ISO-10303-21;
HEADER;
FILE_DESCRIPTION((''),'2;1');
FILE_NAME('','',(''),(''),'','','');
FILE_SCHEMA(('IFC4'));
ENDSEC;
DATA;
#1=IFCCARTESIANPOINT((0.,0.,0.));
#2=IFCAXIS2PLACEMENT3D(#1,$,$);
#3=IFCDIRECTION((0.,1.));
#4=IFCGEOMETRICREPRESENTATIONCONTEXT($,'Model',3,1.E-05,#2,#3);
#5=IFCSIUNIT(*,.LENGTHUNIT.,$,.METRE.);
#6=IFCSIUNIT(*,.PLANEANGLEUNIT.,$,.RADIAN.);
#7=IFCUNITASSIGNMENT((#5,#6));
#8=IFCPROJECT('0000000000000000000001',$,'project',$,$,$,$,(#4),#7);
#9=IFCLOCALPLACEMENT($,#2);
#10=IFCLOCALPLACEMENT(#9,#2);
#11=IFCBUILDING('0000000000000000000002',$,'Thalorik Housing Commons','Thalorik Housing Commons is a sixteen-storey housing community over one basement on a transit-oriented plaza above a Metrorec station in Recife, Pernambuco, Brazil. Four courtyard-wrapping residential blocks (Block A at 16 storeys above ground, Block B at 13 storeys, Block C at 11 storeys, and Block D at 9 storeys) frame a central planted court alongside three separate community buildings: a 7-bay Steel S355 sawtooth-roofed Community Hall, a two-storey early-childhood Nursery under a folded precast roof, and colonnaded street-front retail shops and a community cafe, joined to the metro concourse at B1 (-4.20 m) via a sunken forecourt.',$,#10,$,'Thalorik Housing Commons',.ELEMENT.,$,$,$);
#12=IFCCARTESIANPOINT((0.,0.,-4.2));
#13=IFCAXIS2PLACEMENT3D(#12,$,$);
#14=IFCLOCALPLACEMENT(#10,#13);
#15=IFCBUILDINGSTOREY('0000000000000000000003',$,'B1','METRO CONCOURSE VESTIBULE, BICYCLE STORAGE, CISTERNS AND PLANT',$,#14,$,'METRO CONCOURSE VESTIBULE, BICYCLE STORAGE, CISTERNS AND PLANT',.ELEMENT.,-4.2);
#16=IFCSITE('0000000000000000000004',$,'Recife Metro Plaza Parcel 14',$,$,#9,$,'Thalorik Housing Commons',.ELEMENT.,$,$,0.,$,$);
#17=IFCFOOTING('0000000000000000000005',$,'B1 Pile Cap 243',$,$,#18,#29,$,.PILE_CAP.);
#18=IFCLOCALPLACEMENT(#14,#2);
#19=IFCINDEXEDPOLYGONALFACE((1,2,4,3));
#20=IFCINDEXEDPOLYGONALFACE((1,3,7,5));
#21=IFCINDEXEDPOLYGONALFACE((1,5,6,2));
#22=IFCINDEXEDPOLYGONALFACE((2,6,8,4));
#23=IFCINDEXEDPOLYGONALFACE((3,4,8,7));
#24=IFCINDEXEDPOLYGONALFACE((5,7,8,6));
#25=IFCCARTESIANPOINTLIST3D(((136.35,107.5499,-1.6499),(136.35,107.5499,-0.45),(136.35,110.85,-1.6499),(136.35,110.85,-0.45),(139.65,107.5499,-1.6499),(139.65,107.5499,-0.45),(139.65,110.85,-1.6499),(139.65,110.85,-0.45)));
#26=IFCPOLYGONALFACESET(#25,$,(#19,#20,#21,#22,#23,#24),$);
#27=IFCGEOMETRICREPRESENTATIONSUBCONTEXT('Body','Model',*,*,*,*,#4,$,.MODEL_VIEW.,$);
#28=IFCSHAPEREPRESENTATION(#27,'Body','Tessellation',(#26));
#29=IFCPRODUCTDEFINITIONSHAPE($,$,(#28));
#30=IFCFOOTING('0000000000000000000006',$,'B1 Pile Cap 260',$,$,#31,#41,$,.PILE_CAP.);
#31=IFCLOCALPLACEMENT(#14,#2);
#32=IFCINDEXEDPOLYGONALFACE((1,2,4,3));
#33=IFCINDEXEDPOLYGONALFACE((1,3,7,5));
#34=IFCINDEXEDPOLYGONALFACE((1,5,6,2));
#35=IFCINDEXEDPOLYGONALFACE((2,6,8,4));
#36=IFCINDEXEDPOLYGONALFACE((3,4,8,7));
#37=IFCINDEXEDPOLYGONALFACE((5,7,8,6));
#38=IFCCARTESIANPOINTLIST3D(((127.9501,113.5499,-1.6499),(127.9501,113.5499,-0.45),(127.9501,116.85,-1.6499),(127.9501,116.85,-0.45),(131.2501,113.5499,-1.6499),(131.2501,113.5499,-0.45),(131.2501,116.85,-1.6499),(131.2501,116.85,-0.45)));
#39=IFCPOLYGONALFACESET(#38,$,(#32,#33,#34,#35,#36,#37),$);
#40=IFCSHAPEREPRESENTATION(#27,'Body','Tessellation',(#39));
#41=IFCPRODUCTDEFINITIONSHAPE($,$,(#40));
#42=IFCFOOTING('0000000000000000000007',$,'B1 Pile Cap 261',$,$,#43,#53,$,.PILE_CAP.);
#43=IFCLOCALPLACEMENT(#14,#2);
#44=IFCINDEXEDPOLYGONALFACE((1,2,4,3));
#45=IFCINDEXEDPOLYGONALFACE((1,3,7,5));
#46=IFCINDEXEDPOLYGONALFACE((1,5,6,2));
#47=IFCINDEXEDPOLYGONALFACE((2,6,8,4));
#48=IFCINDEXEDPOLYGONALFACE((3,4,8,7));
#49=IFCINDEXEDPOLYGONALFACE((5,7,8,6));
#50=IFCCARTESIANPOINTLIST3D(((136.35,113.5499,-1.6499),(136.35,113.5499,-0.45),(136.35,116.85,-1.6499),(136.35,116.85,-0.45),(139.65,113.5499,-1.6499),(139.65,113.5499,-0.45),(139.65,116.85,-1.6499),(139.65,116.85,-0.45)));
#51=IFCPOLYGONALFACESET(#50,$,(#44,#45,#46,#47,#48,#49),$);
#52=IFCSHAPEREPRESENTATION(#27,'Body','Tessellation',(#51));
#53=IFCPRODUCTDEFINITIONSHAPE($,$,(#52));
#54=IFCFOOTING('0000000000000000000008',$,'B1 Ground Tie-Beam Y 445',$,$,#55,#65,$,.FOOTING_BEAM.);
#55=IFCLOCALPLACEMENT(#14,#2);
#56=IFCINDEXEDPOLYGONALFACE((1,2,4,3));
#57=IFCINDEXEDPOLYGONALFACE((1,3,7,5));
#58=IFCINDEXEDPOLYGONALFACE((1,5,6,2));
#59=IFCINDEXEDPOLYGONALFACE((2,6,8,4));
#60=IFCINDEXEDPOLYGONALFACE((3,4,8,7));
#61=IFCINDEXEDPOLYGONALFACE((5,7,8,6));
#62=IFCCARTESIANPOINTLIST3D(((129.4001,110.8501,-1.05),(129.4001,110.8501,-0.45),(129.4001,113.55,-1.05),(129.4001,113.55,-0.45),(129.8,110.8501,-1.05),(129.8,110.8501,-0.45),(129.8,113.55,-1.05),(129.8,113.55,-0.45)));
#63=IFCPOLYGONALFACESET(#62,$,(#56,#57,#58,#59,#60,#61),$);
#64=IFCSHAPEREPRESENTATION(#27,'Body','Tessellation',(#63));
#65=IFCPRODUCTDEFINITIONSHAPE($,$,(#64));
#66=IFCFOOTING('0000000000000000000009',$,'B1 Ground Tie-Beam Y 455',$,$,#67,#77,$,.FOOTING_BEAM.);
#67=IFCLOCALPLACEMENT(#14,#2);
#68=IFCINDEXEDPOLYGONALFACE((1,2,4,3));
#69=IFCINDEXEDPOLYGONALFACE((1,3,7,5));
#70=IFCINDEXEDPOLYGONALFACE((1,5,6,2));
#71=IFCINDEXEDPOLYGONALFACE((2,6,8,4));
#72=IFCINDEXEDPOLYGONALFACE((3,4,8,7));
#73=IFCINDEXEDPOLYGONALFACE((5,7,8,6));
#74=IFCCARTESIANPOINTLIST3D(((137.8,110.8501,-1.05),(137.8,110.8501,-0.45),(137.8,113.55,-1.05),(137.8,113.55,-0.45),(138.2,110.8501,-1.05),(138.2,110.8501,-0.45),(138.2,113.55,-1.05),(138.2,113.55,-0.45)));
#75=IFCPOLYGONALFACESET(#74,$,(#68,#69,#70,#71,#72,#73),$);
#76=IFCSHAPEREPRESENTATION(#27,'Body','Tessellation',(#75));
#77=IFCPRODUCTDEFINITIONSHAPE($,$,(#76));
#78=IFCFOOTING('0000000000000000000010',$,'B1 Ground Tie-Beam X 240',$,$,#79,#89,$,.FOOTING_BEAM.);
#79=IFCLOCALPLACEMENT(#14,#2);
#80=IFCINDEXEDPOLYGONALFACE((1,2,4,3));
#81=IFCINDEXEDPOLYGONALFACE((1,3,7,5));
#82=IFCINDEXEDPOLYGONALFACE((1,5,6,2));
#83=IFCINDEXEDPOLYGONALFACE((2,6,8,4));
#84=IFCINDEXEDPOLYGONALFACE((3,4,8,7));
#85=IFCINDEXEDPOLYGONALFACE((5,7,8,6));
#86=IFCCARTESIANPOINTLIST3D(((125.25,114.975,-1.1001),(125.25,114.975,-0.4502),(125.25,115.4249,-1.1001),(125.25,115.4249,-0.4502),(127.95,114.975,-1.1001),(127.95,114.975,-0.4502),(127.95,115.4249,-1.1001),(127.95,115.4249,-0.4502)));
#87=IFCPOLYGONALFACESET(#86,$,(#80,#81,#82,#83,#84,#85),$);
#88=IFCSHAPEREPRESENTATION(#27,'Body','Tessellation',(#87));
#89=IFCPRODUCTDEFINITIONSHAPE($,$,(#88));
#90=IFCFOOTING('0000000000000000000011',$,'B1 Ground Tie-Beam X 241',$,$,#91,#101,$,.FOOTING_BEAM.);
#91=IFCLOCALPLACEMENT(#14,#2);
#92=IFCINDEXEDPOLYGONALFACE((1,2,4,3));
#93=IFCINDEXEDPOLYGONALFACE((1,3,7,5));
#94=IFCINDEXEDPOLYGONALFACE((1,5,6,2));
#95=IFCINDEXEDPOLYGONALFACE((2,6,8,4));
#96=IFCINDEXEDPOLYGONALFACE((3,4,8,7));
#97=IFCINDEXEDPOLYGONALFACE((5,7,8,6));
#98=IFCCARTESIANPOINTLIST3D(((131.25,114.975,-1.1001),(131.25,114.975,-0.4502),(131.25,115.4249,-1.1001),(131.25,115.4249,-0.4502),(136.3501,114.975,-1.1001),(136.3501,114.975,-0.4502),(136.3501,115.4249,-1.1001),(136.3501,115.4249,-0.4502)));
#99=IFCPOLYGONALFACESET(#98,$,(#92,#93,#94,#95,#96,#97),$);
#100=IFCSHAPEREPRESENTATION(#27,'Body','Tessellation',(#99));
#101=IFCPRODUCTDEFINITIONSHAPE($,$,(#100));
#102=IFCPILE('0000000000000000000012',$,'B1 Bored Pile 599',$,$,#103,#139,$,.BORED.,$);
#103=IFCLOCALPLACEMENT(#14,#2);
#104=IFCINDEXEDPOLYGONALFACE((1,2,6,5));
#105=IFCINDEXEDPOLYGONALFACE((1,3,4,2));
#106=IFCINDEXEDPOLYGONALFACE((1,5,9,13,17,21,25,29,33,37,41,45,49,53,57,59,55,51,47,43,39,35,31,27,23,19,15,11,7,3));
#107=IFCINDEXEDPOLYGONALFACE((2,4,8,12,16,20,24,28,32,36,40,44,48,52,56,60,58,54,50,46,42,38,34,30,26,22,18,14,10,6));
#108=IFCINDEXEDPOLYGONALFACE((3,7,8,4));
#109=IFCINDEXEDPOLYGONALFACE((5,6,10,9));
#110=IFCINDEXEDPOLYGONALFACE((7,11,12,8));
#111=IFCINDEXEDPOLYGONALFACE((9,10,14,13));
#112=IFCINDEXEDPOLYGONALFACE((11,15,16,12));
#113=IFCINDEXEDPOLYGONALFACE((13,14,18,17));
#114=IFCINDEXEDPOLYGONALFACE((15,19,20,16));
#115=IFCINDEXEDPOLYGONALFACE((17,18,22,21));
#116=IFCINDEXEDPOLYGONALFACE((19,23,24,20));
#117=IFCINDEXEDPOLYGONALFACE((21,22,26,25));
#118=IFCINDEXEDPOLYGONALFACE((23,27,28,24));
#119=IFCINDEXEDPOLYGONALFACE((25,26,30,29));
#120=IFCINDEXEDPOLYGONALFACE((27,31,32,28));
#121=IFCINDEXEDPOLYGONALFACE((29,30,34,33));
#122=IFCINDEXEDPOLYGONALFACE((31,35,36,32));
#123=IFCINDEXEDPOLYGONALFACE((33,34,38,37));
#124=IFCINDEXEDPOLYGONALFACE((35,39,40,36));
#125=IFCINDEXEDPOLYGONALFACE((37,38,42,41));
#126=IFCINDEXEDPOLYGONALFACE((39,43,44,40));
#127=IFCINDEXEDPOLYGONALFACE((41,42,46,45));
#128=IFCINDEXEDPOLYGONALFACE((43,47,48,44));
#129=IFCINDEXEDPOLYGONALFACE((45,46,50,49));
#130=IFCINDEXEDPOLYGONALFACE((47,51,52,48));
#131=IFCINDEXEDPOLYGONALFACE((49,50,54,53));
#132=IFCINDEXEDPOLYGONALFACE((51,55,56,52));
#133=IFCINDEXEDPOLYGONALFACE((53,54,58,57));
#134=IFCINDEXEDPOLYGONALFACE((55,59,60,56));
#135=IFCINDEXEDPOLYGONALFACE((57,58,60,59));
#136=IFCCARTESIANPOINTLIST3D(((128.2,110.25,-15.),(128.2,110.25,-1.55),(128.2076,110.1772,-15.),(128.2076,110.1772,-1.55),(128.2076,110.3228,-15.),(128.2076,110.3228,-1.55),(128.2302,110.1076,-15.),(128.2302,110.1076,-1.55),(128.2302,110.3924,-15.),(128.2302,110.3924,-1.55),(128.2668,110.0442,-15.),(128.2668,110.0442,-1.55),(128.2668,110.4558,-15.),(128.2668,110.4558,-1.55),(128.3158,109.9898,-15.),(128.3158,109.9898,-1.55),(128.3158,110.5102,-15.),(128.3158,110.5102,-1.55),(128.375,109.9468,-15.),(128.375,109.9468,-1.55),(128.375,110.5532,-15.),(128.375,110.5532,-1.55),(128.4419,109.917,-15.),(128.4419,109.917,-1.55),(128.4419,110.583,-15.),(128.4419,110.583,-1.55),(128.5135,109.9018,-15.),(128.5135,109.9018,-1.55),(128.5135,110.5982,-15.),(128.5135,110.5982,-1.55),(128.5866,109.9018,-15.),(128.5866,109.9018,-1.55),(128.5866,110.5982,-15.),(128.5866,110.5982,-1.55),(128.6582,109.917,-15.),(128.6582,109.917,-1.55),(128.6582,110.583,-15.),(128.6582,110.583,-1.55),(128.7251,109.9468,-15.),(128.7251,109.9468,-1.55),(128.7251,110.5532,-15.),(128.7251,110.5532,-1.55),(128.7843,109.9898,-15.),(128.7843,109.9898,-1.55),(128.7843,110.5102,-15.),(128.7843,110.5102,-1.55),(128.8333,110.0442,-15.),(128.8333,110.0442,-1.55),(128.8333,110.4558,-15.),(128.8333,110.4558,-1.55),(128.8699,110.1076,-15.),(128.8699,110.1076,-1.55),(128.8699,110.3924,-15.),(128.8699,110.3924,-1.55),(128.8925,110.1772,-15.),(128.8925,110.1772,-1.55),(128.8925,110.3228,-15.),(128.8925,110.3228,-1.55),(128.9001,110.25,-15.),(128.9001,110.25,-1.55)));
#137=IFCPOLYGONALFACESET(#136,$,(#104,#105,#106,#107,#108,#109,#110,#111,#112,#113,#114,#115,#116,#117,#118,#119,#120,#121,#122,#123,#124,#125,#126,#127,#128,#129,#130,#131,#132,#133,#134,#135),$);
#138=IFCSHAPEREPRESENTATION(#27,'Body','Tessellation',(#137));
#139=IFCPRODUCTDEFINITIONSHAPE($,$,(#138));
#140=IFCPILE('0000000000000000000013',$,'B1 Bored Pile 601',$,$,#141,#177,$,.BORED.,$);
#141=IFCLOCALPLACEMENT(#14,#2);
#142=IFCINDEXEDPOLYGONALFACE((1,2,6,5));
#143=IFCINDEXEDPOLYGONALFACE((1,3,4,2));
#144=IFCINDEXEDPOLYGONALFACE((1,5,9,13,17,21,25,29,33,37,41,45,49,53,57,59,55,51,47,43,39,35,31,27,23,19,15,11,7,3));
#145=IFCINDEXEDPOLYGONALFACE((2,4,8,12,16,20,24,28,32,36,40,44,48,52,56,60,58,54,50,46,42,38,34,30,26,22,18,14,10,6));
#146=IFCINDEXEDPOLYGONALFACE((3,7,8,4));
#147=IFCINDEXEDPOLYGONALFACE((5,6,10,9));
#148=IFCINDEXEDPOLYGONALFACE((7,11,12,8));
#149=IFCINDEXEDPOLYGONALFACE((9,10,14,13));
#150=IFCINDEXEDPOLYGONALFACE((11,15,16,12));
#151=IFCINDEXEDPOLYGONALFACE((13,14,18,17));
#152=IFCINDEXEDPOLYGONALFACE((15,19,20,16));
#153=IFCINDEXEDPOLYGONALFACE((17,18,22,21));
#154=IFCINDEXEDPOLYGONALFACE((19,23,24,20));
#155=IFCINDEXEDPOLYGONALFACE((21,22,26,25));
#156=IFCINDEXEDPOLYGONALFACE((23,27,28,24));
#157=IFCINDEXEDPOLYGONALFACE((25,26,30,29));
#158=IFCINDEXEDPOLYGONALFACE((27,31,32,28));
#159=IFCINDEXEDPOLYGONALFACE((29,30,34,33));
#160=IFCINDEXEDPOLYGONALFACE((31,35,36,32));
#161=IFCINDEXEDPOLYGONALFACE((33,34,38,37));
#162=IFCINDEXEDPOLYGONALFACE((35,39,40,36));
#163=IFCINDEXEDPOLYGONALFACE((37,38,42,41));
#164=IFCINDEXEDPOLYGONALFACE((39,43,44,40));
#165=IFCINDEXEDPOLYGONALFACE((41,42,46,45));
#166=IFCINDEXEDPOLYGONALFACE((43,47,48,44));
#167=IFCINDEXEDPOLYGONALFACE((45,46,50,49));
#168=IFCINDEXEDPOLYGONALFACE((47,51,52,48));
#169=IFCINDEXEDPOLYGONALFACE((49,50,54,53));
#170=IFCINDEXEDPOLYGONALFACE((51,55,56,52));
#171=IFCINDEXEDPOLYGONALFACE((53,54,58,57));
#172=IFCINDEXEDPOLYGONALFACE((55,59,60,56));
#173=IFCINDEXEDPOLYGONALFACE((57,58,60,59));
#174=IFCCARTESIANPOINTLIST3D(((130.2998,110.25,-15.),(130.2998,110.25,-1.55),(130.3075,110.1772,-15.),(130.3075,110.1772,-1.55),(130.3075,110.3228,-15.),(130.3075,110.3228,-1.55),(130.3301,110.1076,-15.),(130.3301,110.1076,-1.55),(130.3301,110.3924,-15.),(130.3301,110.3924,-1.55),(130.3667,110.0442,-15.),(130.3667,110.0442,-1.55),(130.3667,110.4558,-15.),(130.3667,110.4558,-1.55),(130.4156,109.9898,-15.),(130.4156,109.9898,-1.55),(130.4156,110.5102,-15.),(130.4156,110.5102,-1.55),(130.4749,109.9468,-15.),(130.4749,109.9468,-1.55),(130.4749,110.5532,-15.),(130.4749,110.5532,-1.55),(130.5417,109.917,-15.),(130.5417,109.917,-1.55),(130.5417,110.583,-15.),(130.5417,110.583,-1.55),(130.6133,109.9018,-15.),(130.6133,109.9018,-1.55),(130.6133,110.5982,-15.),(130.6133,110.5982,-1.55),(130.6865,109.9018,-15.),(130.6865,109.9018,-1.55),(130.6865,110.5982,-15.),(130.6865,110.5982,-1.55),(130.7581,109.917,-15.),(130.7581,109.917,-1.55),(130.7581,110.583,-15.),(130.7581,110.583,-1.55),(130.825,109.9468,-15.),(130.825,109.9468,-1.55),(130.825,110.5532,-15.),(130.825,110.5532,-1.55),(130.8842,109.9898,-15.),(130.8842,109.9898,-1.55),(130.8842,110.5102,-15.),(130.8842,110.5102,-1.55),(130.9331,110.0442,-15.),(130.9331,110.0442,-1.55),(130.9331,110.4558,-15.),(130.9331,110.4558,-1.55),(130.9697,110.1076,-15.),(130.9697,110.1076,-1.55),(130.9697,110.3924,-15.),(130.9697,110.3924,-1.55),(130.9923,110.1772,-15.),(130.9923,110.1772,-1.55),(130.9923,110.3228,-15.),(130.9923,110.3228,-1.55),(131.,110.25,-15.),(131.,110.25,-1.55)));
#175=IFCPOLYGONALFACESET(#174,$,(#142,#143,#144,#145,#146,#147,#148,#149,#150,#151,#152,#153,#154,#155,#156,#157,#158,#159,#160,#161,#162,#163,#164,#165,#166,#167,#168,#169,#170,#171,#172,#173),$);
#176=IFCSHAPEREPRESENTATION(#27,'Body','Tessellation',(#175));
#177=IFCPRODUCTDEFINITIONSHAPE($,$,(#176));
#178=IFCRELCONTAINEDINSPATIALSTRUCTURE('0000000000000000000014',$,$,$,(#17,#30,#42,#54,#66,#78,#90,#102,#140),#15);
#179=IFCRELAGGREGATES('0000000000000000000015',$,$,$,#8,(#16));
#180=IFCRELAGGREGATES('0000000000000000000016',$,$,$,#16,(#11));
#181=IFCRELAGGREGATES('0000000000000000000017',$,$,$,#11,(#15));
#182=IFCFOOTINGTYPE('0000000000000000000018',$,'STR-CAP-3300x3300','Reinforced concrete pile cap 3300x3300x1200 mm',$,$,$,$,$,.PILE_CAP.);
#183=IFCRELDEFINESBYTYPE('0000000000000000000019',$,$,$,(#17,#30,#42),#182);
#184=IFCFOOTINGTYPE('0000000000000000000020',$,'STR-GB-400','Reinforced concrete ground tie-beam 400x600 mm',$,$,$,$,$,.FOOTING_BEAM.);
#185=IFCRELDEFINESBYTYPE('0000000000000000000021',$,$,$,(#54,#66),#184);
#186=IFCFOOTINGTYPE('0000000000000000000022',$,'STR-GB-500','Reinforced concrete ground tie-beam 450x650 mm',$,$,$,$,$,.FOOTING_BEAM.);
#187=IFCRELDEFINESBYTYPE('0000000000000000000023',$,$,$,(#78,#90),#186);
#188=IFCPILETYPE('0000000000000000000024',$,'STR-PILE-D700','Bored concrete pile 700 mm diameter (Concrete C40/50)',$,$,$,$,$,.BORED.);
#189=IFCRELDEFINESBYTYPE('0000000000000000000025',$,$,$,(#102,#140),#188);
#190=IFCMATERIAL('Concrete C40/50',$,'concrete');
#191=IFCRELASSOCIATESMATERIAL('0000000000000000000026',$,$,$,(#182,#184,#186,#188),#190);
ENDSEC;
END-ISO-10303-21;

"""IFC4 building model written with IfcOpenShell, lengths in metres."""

from ifc_helpers import new_model, si_unit, direction, frame, origin, origin_2d, place, context, subcontext, project, spatial, rectangle, circle, extrude, material, material_profile, profile_set, type_object, element, save


model = new_model("IFC4")

# Units and contexts
model_context = context("Model", 3, precision=1e-05, world=origin(), true_north=direction((0.0, 1.0)))
body_context = subcontext(model_context, "Body", "Model", "MODEL_VIEW")
ifc_project = project(units=[si_unit("LENGTHUNIT", "METRE"), si_unit("PLANEANGLEUNIT", "RADIAN")], contexts=[model_context])

# Site, building, storey
site_placement = place(None, origin())
site = spatial("IfcSite", under=ifc_project, at=site_placement, Name="Recife Metro Plaza Parcel 14", LongName="Thalorik Housing Commons", CompositionType="ELEMENT", RefElevation=0.0)
building_placement = place(site_placement, origin())
building = spatial("IfcBuilding", under=site, at=building_placement, Name="Thalorik Housing Commons", Description="Thalorik Housing Commons is a sixteen-storey housing community over one basement on a transit-oriented plaza above a Metrorec station in Recife, Pernambuco, Brazil. Four courtyard-wrapping residential blocks (Block A at 16 storeys above ground, Block B at 13 storeys, Block C at 11 storeys, and Block D at 9 storeys) frame a central planted court alongside three separate community buildings: a 7-bay Steel S355 sawtooth-roofed Community Hall, a two-storey early-childhood Nursery under a folded precast roof, and colonnaded street-front retail shops and a community cafe, joined to the metro concourse at B1 (-4.20 m) via a sunken forecourt.", LongName="Thalorik Housing Commons", CompositionType="ELEMENT")
storey_placement = place(building_placement, frame((0.0, 0.0, -4.2)))
storey = spatial("IfcBuildingStorey", under=building, at=storey_placement, Name="B1", Description="METRO CONCOURSE VESTIBULE, BICYCLE STORAGE, CISTERNS AND PLANT", LongName="METRO CONCOURSE VESTIBULE, BICYCLE STORAGE, CISTERNS AND PLANT", CompositionType="ELEMENT", Elevation=-4.2)

# Footings
ifc_material_1 = material(Name="Concrete C40/50", Category="concrete")
footing_type_1 = type_object("IfcFootingType", Name="STR-CAP-3300x3300", Description="Reinforced concrete pile cap 3300x3300x1200 mm", PredefinedType="PILE_CAP", material=ifc_material_1)
for number, where, z_axis, x_axis, name in (
    (1, (138.0, 109.2, -1.6499), (0.0, 0.0, 1.0), (1.0, 0.0, 0.0), "B1 Pile Cap 243"),
    (2, (129.6001, 115.2, -1.6499), (0.0, 0.0, 1.0), (1.0, 0.0, 0.0), "B1 Pile Cap 260"),
    (3, (138.0, 115.2, -1.6499), (0.0, 0.0, 1.0), (1.0, 0.0, 0.0), "B1 Pile Cap 261"),
):
    element("IfcFooting", number, at=place(storey_placement, frame(where, z_axis=z_axis, x_axis=x_axis)), inside=storey, type_object=footing_type_1, Name=name, PredefinedType="PILE_CAP", context=body_context, shape_type="SweptSolid", body=[
        extrude(rectangle(XDim=3.3, YDim=3.3, at=origin_2d()), origin(), (0.0, 0.0, 1.0), 1.2),
    ])
ifc_material_profile_1 = material_profile(ifc_material_1, rectangle(XDim=0.3999, YDim=0.6001, at=origin_2d()), Name="RC 400x600", Category="concrete")
ifc_profile_set_1 = profile_set([ifc_material_profile_1], Name="Concrete C40/50")
footing_type_2 = type_object("IfcFootingType", Name="STR-GB-400", Description="Reinforced concrete ground tie-beam 400x600 mm", PredefinedType="FOOTING_BEAM", material=ifc_profile_set_1)
for number, where, z_axis, x_axis, name in (
    (4, (129.6001, 110.8501, -0.75), (0.0, 1.0, 0.0), (-1.0, 0.0, 0.0), "B1 Ground Tie-Beam Y 445"),
    (5, (138.0, 110.8501, -0.75), (0.0, 1.0, 0.0), (-1.0, 0.0, 0.0), "B1 Ground Tie-Beam Y 455"),
):
    element("IfcFooting", number, at=place(storey_placement, frame(where, z_axis=z_axis, x_axis=x_axis)), inside=storey, type_object=footing_type_2, Name=name, PredefinedType="FOOTING_BEAM", context=body_context, shape_type="SweptSolid", body=[
        extrude(rectangle(XDim=0.3999, YDim=0.6001, at=origin_2d()), origin(), (0.0, 0.0, 1.0), 2.7),
    ])
ifc_material_profile_2 = material_profile(ifc_material_1, rectangle(XDim=0.45, YDim=0.6499, at=origin_2d()), Name="RC 450x650", Category="concrete")
ifc_profile_set_2 = profile_set([ifc_material_profile_2], Name="Concrete C40/50")
footing_type_3 = type_object("IfcFootingType", Name="STR-GB-500", Description="Reinforced concrete ground tie-beam 450x650 mm", PredefinedType="FOOTING_BEAM", material=ifc_profile_set_2)
footing_1_placement = place(storey_placement, frame((125.25, 115.2, -0.7751), z_axis=(1.0, 0.0, 0.0), x_axis=(0.0, 1.0, 0.0)))
element("IfcFooting", 6, at=footing_1_placement, inside=storey, type_object=footing_type_3, Name="B1 Ground Tie-Beam X 240", PredefinedType="FOOTING_BEAM", context=body_context, shape_type="SweptSolid", body=[
    extrude(rectangle(XDim=0.45, YDim=0.6499, at=origin_2d()), origin(), (0.0, 0.0, 1.0), 2.7),
])
footing_2_placement = place(storey_placement, frame((131.25, 115.2, -0.7751), z_axis=(1.0, 0.0, 0.0), x_axis=(0.0, 1.0, 0.0)))
element("IfcFooting", 7, at=footing_2_placement, inside=storey, type_object=footing_type_3, Name="B1 Ground Tie-Beam X 241", PredefinedType="FOOTING_BEAM", context=body_context, shape_type="SweptSolid", body=[
    extrude(rectangle(XDim=0.45, YDim=0.6499, at=origin_2d()), origin(), (0.0, 0.0, 1.0), 5.1001),
])

# Piles
ifc_material_profile_3 = material_profile(ifc_material_1, circle(Radius=0.3501, at=origin_2d()), Name="BORED PILE D700", Category="concrete")
ifc_profile_set_3 = profile_set([ifc_material_profile_3], Name="Concrete C40/50")
pile_type = type_object("IfcPileType", Name="STR-PILE-D700", Description="Bored concrete pile 700 mm diameter (Concrete C40/50)", PredefinedType="BORED", material=ifc_profile_set_3)
for number, where, z_axis, x_axis, name in (
    (8, (128.55, 110.25, -1.55), (0.0, 0.0, -1.0), (1.0, 0.0, 0.0), "B1 Bored Pile 599"),
    (9, (130.6499, 110.25, -1.55), (0.0, 0.0, -1.0), (1.0, 0.0, 0.0), "B1 Bored Pile 601"),
):
    element("IfcPile", number, at=place(storey_placement, frame(where, z_axis=z_axis, x_axis=x_axis)), inside=storey, type_object=pile_type, Name=name, PredefinedType="BORED", context=body_context, shape_type="SweptSolid", body=[
        extrude(circle(Radius=0.3501, at=origin_2d()), origin(), (0.0, 0.0, 1.0), 13.45),
    ])

save(model, "model.ifc")
